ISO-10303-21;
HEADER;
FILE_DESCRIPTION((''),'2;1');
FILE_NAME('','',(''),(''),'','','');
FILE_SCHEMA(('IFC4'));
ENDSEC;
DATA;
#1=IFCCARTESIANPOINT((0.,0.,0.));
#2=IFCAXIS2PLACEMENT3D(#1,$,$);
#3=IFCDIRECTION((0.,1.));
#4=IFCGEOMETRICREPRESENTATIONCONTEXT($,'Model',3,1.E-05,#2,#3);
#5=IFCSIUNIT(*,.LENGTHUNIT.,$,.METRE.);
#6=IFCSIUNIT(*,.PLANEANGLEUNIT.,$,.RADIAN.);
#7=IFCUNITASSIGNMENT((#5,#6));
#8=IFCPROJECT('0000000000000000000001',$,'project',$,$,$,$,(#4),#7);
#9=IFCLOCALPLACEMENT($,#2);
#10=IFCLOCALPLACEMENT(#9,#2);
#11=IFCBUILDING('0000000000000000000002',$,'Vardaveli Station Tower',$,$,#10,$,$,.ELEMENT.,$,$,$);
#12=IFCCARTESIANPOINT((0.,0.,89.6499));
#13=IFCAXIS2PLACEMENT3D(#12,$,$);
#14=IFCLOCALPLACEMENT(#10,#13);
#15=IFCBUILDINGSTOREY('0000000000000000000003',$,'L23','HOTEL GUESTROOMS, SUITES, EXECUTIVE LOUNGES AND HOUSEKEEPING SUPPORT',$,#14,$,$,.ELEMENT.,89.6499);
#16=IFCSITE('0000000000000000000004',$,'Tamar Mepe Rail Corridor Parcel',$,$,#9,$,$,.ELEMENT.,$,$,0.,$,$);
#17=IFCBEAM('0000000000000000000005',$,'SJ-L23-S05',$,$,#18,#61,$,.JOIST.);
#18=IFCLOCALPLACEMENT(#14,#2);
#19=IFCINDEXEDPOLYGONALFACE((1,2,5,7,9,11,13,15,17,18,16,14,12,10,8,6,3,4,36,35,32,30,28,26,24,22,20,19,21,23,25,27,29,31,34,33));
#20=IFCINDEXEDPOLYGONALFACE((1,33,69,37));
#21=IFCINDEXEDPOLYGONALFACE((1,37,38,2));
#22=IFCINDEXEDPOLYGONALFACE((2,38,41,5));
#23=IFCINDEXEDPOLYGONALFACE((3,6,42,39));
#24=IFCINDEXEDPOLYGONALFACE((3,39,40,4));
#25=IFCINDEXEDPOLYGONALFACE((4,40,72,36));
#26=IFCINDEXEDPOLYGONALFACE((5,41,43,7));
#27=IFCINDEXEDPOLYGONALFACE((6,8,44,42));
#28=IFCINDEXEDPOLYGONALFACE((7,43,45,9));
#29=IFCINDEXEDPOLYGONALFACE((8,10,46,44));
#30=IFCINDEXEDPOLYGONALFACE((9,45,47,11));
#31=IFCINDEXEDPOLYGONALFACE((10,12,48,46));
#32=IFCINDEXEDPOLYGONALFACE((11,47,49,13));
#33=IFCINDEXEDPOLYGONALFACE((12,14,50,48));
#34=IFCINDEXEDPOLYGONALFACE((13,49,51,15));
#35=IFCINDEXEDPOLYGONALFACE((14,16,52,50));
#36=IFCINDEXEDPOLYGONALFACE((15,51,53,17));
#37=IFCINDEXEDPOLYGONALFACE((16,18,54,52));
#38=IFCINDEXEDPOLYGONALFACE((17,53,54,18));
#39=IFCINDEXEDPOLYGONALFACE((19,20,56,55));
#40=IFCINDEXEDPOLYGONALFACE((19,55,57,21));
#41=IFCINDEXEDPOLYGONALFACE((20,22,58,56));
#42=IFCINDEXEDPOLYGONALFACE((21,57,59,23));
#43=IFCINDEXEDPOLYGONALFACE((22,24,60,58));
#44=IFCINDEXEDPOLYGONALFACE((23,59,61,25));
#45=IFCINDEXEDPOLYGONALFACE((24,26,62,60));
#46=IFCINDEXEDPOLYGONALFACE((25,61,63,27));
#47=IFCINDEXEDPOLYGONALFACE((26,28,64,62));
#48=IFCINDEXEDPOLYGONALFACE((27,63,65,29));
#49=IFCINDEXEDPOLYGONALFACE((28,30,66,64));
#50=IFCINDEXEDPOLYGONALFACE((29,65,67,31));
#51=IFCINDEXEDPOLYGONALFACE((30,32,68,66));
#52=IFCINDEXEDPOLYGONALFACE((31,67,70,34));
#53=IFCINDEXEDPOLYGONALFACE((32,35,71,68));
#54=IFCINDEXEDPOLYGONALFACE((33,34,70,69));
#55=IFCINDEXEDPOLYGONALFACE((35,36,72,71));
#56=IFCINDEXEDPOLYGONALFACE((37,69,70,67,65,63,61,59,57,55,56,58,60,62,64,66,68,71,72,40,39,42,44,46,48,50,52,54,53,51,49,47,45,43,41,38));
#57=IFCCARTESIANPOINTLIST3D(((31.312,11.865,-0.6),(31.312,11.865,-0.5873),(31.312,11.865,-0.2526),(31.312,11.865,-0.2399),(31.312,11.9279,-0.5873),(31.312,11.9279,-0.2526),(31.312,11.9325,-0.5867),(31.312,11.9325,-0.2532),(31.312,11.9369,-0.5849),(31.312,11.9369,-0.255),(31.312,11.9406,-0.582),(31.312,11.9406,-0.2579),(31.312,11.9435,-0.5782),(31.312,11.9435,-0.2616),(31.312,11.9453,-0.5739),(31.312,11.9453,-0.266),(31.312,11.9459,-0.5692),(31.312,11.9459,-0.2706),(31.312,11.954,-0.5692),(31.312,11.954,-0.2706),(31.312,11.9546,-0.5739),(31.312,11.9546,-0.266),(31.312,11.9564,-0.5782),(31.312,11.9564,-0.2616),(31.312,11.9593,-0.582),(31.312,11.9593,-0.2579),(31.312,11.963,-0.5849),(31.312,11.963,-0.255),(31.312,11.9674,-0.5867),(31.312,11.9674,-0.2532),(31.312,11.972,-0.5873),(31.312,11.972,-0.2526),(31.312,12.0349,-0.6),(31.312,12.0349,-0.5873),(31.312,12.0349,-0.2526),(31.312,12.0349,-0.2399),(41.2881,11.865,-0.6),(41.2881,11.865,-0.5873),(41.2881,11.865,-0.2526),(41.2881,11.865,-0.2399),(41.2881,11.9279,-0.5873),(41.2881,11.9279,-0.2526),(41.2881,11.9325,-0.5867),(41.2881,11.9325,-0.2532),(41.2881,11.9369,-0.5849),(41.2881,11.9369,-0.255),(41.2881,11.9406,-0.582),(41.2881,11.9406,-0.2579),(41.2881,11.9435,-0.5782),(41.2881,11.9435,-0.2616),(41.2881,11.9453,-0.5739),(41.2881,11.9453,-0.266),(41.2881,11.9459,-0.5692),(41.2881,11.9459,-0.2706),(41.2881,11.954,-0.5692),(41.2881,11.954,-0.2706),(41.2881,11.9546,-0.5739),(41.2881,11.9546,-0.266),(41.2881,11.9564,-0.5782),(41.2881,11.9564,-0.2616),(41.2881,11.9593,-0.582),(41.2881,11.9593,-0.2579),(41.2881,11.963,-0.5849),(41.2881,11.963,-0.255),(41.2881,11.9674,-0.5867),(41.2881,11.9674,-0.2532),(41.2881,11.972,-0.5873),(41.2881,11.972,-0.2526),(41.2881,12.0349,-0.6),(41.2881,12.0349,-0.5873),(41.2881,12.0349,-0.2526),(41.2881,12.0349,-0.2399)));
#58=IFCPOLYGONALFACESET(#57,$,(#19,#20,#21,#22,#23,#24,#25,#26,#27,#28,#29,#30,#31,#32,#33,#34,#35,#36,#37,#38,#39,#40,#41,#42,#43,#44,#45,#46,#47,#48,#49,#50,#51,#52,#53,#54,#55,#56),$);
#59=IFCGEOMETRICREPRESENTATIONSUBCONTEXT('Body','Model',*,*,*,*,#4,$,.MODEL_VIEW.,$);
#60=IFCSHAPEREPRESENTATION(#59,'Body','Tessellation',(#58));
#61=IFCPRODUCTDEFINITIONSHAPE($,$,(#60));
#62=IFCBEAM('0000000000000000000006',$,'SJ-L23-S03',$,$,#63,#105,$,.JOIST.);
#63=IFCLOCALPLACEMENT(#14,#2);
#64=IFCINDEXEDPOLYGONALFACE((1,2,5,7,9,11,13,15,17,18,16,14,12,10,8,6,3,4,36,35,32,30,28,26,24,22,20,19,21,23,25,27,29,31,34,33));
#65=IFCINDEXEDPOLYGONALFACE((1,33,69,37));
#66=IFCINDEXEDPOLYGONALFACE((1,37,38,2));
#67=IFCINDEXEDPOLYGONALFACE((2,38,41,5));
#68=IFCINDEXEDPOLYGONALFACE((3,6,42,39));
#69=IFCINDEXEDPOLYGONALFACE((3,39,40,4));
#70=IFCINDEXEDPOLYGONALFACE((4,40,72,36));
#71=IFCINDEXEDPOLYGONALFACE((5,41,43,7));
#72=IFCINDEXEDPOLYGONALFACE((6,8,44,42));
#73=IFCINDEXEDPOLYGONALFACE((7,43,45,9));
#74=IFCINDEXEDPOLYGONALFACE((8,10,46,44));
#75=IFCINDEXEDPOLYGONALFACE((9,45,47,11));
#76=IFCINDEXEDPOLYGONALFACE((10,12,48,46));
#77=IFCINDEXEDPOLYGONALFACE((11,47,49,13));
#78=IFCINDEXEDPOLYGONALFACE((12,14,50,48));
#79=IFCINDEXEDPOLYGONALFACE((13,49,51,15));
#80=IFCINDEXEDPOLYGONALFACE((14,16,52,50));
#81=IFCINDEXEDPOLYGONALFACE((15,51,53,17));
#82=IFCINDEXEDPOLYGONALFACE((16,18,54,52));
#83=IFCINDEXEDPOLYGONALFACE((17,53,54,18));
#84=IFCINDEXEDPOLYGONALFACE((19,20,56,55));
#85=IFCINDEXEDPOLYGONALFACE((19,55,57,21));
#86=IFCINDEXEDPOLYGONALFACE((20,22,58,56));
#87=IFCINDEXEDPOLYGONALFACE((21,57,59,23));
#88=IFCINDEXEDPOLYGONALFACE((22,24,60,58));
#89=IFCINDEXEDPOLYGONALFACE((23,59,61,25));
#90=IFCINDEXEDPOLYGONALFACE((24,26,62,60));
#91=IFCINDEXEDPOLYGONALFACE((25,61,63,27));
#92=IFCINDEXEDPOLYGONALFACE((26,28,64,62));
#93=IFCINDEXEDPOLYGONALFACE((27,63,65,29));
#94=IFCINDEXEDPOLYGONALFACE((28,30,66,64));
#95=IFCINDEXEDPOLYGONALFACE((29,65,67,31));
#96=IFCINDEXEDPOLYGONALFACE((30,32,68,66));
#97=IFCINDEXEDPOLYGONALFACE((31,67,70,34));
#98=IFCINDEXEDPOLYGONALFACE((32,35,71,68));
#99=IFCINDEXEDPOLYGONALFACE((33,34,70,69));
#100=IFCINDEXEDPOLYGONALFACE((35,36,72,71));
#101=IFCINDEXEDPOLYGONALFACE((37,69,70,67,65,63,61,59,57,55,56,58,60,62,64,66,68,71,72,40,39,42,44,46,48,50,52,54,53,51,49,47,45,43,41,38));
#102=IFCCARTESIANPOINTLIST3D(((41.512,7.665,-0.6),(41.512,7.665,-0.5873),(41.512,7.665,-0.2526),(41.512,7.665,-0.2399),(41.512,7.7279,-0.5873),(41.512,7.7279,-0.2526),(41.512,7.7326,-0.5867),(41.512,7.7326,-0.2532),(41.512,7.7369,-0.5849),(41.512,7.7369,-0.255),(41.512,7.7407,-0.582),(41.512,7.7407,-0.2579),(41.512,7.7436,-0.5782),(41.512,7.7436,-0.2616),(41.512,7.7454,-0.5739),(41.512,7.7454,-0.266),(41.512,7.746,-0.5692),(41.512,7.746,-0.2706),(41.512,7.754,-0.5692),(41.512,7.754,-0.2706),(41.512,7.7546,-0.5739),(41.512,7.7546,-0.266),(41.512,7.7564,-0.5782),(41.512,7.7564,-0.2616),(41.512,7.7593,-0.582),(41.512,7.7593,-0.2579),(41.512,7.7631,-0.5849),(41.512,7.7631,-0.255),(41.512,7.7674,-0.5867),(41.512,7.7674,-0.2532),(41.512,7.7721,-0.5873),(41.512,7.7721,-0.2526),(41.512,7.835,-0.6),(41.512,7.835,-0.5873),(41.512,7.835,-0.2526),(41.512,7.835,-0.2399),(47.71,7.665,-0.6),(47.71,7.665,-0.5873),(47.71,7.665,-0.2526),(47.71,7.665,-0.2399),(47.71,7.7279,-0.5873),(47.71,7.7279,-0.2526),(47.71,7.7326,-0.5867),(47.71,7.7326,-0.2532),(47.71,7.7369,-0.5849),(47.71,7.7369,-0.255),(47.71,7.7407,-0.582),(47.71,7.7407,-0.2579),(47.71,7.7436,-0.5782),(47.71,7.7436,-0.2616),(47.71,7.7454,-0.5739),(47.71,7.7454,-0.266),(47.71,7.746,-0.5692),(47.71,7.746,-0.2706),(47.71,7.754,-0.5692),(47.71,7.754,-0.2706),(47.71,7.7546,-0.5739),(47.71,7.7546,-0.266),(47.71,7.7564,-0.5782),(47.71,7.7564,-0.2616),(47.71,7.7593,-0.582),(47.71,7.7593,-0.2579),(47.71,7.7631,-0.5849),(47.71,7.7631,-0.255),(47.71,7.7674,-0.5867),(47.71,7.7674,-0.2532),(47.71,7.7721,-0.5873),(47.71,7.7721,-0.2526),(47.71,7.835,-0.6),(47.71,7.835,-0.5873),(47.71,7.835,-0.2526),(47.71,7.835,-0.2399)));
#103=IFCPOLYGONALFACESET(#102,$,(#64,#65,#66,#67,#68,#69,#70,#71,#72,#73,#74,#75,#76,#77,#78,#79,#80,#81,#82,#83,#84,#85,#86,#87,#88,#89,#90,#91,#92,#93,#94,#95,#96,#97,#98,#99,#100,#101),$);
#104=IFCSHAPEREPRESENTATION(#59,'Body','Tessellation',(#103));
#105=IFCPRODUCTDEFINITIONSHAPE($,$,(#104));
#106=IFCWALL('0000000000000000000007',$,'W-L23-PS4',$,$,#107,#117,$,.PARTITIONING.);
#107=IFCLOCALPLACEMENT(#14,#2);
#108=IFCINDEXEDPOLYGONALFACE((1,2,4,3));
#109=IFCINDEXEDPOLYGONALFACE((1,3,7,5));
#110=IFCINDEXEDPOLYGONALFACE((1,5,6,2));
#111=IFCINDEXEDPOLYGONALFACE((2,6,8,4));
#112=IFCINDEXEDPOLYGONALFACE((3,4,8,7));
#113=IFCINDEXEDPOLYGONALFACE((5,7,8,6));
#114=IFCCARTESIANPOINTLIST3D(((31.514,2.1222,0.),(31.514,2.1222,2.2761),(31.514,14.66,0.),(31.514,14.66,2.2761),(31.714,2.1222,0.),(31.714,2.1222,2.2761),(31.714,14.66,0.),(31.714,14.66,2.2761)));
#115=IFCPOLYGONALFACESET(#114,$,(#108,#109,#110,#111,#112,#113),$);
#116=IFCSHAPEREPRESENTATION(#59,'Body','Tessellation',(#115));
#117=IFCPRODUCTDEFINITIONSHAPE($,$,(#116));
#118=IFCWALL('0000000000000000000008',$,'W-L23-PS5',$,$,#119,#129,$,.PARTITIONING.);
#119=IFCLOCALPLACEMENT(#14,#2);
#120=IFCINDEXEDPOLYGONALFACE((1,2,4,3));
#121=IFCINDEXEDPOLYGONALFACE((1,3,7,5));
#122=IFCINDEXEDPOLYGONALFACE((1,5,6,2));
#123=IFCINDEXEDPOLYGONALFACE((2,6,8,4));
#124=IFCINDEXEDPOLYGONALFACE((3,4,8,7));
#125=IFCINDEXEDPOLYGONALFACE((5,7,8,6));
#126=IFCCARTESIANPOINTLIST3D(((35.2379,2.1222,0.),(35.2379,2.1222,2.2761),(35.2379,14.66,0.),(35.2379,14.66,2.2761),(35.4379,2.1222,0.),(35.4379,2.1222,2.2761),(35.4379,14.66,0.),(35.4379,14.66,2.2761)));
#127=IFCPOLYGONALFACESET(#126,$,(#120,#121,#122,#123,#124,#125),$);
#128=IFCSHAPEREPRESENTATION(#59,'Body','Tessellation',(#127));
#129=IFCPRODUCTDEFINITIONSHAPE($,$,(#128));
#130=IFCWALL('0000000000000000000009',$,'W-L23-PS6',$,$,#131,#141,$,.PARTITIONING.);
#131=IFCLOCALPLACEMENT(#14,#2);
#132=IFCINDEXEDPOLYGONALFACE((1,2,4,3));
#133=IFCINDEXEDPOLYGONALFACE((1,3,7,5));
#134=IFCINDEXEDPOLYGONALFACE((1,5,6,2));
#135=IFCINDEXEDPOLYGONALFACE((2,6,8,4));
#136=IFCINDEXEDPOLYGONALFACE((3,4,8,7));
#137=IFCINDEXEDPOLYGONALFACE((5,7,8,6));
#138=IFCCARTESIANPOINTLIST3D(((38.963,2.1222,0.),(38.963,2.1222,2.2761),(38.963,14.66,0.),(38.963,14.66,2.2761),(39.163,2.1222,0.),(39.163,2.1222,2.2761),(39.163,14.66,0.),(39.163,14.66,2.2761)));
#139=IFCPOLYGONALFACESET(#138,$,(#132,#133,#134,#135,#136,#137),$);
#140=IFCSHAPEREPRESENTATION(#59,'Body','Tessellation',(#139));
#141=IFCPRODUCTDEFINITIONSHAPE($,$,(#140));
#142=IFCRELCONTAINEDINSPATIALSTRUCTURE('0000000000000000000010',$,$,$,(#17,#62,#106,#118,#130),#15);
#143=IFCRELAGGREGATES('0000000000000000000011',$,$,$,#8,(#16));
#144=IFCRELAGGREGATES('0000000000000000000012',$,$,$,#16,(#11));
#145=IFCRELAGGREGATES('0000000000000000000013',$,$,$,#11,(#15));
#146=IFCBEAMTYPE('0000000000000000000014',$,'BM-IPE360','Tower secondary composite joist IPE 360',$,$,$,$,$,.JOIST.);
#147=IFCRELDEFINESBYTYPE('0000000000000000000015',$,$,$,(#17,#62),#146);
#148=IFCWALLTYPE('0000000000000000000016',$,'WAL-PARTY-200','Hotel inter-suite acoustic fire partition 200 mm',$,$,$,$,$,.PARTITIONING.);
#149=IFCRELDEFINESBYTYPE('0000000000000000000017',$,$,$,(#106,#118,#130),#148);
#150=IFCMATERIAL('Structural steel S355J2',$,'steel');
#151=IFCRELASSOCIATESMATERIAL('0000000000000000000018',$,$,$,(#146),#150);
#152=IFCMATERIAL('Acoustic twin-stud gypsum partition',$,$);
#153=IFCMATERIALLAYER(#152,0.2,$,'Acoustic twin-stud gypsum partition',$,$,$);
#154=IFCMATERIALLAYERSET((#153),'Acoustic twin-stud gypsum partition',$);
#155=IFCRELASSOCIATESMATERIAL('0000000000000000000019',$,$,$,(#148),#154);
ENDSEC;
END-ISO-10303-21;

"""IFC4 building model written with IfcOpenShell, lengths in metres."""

from ifc_helpers import new_model, si_unit, direction, frame, frame_2d, origin, origin_2d, place, context, subcontext, project, spatial, rectangle, i_section, extrude, source, transform, mapped, material, layer, layer_set, material_profile, profile_set, type_object, element, save


model = new_model("IFC4")

# Units and contexts
model_context = context("Model", 3, precision=1e-05, world=origin(), true_north=direction((0.0, 1.0)))
body_context = subcontext(model_context, "Body", "Model", "MODEL_VIEW")
ifc_project = project(units=[si_unit("LENGTHUNIT", "METRE"), si_unit("PLANEANGLEUNIT", "RADIAN")], contexts=[model_context])

# Site, building, storey
site_placement = place(None, origin())
site = spatial("IfcSite", under=ifc_project, at=site_placement, Name="Tamar Mepe Rail Corridor Parcel", CompositionType="ELEMENT", RefElevation=0.0)
building_placement = place(site_placement, origin())
building = spatial("IfcBuilding", under=site, at=building_placement, Name="Vardaveli Station Tower", CompositionType="ELEMENT")
storey_placement = place(building_placement, frame((0.0, 0.0, 89.6499)))
storey = spatial("IfcBuildingStorey", under=building, at=storey_placement, Name="L23", Description="HOTEL GUESTROOMS, SUITES, EXECUTIVE LOUNGES AND HOUSEKEEPING SUPPORT", CompositionType="ELEMENT", Elevation=89.6499)

# Beams
ifc_material_1 = material(Name="Structural steel S355J2", Category="steel")
ifc_material_profile_1 = material_profile(ifc_material_1, i_section(OverallWidth=0.1699, OverallDepth=0.3601, WebThickness=0.0081, FlangeThickness=0.0127, FilletRadius=0.0181, at=origin_2d()), Name="IPE 360")
ifc_profile_set_1 = profile_set([ifc_material_profile_1], Name="Structural steel S355J2")
beam_type_1 = type_object("IfcBeamType", Name="BM-IPE360", Description="Tower secondary composite joist IPE 360", PredefinedType="JOIST", material=ifc_profile_set_1)
shared_shape_1 = source(origin(), body_context, "Body", "SweptSolid", [
    extrude(i_section(OverallWidth=0.1699, OverallDepth=0.3601, WebThickness=0.0081, FlangeThickness=0.0127, FilletRadius=0.0181, at=origin_2d()), origin(), (0.0, 0.0, 1.0), 9.9761),
])
for number, where, z_axis, x_axis, name in (
    (1, (31.312, 11.95, -0.4199), (1.0, 0.0, 0.0), (0.0, 1.0, 0.0), "SJ-L23-S05"),
):
    element("IfcBeam", number, at=place(storey_placement, frame(where, z_axis=z_axis, x_axis=x_axis)), inside=storey, type_object=beam_type_1, Name=name, PredefinedType="JOIST", context=body_context, shape_type="MappedRepresentation", body=[
        mapped(shared_shape_1, transform((0.0, 0.0, 0.0), scale=1.0)),
    ])
shared_shape_2 = source(origin(), body_context, "Body", "SweptSolid", [
    extrude(i_section(OverallWidth=0.1699, OverallDepth=0.3601, WebThickness=0.0081, FlangeThickness=0.0127, FilletRadius=0.0181, at=origin_2d()), origin(), (0.0, 0.0, 1.0), 6.198),
])
beam_1_placement = place(storey_placement, frame((41.512, 7.75, -0.4199), z_axis=(1.0, 0.0, 0.0), x_axis=(0.0, 1.0, 0.0)))
element("IfcBeam", 2, at=beam_1_placement, inside=storey, type_object=beam_type_1, Name="SJ-L23-S03", PredefinedType="JOIST", context=body_context, shape_type="MappedRepresentation", body=[
    mapped(shared_shape_2, transform((0.0, 0.0, 0.0), scale=1.0)),
])

# Walls
ifc_material_2 = material(Name="Acoustic twin-stud gypsum partition")
ifc_layer = layer(ifc_material_2, 0.2, Name="Acoustic twin-stud gypsum partition")
ifc_layer_set = layer_set([ifc_layer], Name="Acoustic twin-stud gypsum partition")
wall_type = type_object("IfcWallType", Name="WAL-PARTY-200", Description="Hotel inter-suite acoustic fire partition 200 mm", PredefinedType="PARTITIONING", material=ifc_layer_set)
shared_shape_3 = source(origin(), body_context, "Body", "SweptSolid", [
    extrude(rectangle(XDim=12.5378, YDim=0.2, at=frame_2d((6.269, 0.0))), origin(), (0.0, 0.0, 1.0), 2.2761),
])
for number, where, z_axis, x_axis, name in (
    (3, (31.614, 2.1221, 0.0), (0.0, 0.0, 1.0), (0.0, 1.0, 0.0), "W-L23-PS4"),
    (4, (35.3379, 2.1221, 0.0), (0.0, 0.0, 1.0), (0.0, 1.0, 0.0), "W-L23-PS5"),
    (5, (39.063, 2.1221, 0.0), (0.0, 0.0, 1.0), (0.0, 1.0, 0.0), "W-L23-PS6"),
):
    element("IfcWall", number, at=place(storey_placement, frame(where, z_axis=z_axis, x_axis=x_axis)), inside=storey, type_object=wall_type, Name=name, PredefinedType="PARTITIONING", context=body_context, shape_type="MappedRepresentation", body=[
        mapped(shared_shape_3, transform((0.0, 0.0, 0.0), scale=1.0)),
    ])

save(model, "model.ifc")
